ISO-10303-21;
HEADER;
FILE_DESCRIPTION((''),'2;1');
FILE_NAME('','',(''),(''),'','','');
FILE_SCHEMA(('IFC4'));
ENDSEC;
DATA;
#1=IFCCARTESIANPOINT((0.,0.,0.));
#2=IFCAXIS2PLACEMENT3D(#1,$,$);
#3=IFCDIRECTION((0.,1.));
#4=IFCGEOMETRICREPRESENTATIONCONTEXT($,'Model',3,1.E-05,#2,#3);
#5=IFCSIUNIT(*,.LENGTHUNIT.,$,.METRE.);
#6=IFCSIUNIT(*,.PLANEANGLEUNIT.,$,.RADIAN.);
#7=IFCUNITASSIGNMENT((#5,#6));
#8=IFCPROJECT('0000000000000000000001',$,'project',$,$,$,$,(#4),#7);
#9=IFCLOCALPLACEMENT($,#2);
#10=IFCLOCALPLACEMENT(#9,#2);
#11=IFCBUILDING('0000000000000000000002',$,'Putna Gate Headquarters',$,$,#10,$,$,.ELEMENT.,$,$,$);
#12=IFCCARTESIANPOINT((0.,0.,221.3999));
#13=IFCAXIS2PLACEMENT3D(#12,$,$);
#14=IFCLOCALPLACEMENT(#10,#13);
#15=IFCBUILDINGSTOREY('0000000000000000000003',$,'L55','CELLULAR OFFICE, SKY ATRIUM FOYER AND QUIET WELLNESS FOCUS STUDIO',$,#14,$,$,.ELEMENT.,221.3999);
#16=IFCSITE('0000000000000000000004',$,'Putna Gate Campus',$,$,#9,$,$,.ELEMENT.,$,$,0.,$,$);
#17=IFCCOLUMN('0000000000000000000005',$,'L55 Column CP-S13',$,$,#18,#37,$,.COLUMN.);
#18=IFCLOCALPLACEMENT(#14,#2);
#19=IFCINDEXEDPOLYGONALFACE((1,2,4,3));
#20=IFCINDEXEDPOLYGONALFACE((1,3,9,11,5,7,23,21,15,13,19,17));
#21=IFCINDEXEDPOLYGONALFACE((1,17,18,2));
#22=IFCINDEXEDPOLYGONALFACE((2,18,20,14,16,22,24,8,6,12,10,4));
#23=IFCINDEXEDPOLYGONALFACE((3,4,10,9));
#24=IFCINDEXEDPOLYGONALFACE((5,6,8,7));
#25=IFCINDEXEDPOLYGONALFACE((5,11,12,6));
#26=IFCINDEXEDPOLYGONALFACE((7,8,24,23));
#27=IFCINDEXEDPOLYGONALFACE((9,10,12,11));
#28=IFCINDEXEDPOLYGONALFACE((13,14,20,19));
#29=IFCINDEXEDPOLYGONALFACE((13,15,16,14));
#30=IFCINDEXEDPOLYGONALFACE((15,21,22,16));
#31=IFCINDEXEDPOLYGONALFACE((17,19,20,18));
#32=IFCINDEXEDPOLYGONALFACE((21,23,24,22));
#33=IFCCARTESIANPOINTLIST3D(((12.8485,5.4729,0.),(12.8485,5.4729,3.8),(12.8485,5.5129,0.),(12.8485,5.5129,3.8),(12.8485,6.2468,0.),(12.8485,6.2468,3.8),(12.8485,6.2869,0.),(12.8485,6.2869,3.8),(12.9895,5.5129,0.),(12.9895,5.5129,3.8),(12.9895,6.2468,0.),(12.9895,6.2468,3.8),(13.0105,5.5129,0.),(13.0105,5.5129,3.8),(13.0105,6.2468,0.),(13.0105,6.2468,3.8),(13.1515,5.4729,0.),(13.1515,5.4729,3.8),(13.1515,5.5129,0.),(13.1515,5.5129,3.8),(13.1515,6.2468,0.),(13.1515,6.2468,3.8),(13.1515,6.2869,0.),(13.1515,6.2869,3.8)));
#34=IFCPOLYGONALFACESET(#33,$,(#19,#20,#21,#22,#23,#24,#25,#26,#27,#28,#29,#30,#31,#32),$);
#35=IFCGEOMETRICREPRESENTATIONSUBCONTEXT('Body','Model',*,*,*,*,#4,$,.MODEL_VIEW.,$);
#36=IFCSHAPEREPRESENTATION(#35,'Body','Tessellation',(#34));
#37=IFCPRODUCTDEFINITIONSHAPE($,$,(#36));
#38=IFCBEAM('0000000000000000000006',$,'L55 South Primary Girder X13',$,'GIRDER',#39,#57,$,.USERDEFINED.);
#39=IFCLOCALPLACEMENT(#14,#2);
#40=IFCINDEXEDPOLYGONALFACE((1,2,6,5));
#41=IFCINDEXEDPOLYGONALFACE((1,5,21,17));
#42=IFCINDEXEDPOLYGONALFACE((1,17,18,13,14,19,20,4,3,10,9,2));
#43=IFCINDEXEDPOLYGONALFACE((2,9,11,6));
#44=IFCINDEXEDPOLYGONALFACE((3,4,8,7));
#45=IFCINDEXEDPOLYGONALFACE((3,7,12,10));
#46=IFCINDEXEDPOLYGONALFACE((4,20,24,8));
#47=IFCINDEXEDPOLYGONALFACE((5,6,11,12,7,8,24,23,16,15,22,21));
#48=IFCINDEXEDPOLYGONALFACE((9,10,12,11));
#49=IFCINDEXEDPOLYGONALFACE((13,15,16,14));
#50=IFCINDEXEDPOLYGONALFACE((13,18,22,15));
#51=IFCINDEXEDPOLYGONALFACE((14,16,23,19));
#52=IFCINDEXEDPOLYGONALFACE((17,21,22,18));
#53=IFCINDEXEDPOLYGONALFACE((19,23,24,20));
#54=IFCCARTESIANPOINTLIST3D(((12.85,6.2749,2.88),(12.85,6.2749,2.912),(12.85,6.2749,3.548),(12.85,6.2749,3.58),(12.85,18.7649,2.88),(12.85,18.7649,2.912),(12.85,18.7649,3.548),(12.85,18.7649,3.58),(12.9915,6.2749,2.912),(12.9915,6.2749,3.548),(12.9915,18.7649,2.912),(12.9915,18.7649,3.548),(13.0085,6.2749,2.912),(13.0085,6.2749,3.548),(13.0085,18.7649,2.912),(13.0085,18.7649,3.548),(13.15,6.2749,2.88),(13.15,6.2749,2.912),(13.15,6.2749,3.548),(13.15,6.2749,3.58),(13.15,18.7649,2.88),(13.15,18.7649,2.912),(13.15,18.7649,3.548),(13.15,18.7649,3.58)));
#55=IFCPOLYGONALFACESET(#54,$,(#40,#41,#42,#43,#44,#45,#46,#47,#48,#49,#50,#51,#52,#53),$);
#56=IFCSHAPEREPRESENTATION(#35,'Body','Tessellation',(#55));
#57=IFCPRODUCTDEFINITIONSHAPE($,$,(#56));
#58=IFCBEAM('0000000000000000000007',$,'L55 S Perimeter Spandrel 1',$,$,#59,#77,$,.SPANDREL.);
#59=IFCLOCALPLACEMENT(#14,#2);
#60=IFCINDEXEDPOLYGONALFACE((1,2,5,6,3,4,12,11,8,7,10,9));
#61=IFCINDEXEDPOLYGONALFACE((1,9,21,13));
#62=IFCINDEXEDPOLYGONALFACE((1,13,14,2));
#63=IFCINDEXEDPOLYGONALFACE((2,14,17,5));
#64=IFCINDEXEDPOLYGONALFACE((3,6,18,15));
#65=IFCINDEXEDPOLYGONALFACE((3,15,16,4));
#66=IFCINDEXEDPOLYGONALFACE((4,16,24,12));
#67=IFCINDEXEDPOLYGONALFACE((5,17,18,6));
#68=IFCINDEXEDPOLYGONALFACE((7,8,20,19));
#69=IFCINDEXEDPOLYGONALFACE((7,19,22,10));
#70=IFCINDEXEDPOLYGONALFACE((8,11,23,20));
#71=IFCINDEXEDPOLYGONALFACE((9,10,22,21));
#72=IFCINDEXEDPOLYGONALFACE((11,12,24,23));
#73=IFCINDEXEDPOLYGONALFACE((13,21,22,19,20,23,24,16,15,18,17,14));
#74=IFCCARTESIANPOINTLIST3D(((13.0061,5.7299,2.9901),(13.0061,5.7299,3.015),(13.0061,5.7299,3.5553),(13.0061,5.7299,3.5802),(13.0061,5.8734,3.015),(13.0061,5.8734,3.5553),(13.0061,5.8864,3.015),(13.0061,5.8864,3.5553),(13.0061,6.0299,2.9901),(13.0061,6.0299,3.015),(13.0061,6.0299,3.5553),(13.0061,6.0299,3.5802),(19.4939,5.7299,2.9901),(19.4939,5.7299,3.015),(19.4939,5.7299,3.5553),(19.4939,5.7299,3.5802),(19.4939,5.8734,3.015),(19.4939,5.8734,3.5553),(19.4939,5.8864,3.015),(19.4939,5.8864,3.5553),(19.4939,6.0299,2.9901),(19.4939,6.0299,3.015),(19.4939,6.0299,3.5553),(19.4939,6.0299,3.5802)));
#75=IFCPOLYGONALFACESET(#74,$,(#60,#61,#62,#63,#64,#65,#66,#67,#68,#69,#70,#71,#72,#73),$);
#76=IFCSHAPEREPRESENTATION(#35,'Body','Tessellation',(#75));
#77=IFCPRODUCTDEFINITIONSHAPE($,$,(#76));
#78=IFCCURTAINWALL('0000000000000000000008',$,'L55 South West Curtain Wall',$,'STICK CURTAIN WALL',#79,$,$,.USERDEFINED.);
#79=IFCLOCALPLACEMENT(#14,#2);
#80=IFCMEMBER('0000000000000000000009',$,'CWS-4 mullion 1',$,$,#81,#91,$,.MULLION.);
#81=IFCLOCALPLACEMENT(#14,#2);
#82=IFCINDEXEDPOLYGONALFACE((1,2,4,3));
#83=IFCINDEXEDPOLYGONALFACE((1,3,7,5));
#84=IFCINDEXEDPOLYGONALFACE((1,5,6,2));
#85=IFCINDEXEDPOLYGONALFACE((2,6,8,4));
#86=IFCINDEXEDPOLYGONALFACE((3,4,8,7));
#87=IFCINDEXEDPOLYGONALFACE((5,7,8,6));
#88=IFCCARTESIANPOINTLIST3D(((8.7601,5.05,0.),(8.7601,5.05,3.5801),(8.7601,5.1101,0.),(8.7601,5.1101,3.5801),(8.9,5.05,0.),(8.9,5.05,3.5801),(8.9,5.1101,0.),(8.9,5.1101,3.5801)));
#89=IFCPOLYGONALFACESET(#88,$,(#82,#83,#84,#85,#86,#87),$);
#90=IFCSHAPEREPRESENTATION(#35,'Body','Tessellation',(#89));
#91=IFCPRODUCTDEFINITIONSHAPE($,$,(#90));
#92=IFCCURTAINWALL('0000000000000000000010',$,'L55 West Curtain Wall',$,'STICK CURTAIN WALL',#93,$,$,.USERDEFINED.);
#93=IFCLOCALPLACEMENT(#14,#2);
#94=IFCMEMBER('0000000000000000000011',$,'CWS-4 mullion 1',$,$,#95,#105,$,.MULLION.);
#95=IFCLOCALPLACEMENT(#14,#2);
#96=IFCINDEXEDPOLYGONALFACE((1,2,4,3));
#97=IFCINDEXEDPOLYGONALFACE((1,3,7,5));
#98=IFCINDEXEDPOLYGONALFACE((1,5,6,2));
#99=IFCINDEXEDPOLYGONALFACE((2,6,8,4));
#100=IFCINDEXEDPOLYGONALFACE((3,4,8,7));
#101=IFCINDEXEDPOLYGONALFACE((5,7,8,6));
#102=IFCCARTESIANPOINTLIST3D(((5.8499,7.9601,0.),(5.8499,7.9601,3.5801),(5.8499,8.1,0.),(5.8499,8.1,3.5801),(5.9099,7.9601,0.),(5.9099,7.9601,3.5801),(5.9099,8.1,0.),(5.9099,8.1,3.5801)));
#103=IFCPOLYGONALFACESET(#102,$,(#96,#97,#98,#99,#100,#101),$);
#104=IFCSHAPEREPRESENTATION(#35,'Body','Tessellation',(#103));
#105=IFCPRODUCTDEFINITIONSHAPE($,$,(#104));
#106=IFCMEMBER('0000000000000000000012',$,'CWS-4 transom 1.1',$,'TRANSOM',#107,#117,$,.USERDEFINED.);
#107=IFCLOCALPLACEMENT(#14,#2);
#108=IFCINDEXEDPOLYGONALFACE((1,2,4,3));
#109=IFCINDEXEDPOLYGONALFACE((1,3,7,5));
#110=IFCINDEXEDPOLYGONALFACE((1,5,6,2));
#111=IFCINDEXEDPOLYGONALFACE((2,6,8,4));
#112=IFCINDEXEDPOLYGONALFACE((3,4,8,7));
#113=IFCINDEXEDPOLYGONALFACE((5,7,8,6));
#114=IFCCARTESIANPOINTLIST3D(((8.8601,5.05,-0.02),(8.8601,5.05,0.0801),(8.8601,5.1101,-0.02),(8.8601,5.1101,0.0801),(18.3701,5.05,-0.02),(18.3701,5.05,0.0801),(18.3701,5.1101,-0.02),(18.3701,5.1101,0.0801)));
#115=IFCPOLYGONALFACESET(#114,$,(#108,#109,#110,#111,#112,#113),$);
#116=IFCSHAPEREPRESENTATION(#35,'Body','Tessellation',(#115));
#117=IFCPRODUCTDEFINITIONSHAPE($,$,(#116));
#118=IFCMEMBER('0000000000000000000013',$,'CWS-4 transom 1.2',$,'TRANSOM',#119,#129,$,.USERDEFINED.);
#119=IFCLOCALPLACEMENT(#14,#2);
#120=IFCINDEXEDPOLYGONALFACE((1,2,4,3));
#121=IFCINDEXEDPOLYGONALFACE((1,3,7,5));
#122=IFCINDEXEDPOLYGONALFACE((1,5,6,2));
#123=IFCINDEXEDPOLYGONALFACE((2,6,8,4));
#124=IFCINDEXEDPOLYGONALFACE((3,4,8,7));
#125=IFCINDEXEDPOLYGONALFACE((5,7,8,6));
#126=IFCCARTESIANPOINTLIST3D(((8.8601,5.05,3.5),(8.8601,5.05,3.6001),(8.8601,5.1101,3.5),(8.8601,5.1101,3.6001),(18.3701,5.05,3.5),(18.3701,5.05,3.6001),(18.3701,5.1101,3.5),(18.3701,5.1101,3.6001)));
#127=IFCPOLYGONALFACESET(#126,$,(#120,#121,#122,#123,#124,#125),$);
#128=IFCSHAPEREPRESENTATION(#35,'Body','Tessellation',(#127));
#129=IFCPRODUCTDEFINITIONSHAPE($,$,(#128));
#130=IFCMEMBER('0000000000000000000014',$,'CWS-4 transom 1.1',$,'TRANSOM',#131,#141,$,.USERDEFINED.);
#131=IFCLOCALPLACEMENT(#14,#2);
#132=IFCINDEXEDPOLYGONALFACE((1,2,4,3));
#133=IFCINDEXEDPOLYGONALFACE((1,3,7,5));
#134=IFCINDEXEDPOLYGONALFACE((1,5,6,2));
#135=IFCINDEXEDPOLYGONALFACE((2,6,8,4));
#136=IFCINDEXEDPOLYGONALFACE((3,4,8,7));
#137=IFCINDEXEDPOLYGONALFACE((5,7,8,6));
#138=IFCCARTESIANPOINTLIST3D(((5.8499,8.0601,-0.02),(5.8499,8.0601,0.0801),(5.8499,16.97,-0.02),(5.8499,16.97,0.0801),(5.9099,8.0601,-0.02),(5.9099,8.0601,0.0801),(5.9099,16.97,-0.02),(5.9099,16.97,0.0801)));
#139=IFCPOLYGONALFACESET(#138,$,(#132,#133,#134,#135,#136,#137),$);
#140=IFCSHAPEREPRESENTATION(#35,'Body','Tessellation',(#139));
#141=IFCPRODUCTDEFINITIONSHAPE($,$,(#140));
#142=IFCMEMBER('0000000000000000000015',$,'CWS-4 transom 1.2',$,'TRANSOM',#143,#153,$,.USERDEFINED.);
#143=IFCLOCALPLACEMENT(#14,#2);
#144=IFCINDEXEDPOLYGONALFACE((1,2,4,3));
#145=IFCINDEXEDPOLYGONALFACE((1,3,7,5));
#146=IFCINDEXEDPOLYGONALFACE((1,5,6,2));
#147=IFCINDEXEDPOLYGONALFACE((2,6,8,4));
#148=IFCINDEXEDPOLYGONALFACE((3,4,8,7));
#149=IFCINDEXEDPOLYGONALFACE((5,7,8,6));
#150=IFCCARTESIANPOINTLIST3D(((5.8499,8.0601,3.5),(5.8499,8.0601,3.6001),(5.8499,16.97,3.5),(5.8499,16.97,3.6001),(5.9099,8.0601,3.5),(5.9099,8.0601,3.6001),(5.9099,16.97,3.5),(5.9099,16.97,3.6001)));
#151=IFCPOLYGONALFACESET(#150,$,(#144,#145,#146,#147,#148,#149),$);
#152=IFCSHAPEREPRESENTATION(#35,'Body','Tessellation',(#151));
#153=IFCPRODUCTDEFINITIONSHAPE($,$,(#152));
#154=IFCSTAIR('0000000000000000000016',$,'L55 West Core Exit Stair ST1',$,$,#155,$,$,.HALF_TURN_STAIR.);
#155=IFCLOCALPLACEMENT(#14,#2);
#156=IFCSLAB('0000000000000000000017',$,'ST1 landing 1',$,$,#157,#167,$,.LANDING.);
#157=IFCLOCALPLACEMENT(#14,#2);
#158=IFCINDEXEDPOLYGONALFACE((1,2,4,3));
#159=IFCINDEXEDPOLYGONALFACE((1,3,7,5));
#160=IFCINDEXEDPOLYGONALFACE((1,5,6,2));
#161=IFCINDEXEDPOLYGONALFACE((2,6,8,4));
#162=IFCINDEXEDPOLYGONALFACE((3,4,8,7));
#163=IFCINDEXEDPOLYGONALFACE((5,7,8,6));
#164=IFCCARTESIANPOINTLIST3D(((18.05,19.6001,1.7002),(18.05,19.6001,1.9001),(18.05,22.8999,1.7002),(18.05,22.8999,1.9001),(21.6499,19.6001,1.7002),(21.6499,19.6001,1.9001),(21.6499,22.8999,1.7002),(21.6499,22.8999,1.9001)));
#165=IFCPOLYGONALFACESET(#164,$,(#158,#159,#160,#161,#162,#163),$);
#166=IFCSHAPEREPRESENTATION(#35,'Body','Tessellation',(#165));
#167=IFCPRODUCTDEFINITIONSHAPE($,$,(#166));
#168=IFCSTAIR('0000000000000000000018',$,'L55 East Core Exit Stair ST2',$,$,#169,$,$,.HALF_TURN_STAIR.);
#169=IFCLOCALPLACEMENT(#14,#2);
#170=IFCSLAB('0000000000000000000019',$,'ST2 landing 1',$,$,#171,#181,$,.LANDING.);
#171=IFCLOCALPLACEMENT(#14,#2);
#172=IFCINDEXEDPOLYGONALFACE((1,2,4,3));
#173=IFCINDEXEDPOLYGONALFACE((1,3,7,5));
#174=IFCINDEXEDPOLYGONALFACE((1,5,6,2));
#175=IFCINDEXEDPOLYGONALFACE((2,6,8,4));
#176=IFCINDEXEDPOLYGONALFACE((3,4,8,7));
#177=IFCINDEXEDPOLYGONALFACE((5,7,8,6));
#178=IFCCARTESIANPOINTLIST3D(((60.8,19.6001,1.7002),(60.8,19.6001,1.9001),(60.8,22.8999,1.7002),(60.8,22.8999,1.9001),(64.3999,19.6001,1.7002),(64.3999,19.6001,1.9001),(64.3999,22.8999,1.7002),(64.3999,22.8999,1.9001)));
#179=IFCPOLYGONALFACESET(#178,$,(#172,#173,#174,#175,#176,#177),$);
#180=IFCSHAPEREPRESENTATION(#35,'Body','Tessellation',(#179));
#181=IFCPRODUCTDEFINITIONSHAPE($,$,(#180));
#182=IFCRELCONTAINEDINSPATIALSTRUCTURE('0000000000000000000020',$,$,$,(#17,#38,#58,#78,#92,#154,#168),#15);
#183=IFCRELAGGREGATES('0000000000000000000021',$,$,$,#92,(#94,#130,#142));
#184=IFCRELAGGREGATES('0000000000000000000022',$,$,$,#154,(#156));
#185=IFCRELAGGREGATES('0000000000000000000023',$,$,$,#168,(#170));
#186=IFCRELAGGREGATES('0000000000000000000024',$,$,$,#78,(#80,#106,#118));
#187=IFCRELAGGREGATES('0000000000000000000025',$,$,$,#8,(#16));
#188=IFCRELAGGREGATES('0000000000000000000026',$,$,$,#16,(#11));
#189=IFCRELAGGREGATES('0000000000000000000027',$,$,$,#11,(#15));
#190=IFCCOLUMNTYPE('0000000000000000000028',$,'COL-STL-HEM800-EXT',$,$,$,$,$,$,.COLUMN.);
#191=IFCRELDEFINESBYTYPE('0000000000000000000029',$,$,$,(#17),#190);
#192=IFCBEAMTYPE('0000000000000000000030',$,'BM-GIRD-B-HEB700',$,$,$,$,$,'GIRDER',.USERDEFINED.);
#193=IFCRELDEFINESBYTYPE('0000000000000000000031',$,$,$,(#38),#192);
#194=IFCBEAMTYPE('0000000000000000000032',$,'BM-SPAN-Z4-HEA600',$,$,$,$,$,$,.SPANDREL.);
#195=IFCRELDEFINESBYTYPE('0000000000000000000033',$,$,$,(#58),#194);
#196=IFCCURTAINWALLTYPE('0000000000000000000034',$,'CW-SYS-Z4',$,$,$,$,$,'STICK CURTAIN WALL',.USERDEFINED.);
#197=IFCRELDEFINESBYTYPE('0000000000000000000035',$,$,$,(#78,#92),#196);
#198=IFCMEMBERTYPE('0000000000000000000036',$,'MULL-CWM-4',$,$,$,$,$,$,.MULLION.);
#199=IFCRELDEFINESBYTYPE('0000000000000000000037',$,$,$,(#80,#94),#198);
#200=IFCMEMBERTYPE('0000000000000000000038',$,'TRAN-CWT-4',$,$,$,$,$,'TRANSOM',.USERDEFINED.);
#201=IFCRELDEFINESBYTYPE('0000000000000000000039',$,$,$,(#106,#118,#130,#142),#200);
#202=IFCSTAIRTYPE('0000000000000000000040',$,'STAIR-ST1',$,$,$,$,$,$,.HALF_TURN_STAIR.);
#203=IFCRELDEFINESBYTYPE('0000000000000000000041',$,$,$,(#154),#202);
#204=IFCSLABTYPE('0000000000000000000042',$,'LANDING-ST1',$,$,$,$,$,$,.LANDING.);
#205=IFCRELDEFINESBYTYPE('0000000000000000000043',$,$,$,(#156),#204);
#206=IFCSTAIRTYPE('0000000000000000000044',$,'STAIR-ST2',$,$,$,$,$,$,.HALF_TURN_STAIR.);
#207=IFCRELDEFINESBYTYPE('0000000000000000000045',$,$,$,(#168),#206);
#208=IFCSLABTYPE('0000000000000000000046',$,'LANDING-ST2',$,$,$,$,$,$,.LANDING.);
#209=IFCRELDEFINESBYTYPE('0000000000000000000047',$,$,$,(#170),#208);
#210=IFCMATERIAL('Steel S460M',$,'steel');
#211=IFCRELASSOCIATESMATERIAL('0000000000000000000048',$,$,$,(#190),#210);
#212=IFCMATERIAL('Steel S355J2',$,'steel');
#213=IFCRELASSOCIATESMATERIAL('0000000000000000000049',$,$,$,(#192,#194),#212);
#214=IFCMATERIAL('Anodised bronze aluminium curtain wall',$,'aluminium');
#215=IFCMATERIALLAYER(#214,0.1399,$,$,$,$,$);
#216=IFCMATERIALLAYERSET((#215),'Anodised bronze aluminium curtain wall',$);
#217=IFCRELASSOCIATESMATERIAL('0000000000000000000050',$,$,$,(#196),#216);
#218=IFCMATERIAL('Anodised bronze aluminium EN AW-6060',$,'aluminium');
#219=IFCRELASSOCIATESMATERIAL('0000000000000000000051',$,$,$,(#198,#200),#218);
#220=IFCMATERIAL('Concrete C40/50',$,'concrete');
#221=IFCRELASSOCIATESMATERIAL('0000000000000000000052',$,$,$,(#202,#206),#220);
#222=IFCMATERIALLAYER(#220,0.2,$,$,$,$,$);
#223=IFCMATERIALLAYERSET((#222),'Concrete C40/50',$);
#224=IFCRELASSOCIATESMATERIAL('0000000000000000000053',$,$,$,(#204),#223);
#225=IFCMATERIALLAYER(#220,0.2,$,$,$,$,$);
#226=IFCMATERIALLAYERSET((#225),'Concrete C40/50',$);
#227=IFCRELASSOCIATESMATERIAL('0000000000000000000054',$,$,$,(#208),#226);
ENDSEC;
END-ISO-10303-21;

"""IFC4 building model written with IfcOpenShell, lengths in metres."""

from ifc_helpers import new_model, si_unit, direction, frame, origin, origin_2d, place, context, subcontext, project, spatial, polyline, rectangle, i_section, outline, extrude, material, layer, layer_set, material_profile, profile_set, type_object, element, aggregate, save


model = new_model("IFC4")

# Units and contexts
model_context = context("Model", 3, precision=1e-05, world=origin(), true_north=direction((0.0, 1.0)))
body_context = subcontext(model_context, "Body", "Model", "MODEL_VIEW")
ifc_project = project(units=[si_unit("LENGTHUNIT", "METRE"), si_unit("PLANEANGLEUNIT", "RADIAN")], contexts=[model_context])

# Site, building, storey
site_placement = place(None, origin())
site = spatial("IfcSite", under=ifc_project, at=site_placement, Name="Putna Gate Campus", CompositionType="ELEMENT", RefElevation=0.0)
building_placement = place(site_placement, origin())
building = spatial("IfcBuilding", under=site, at=building_placement, Name="Putna Gate Headquarters", CompositionType="ELEMENT")
storey_placement = place(building_placement, frame((0.0, 0.0, 221.3999)))
storey = spatial("IfcBuildingStorey", under=building, at=storey_placement, Name="L55", Description="CELLULAR OFFICE, SKY ATRIUM FOYER AND QUIET WELLNESS FOCUS STUDIO", CompositionType="ELEMENT", Elevation=221.3999)

# Column
ifc_material_1 = material(Name="Steel S460M", Category="steel")
ifc_material_profile_1 = material_profile(ifc_material_1, i_section(OverallWidth=0.303, OverallDepth=0.814, WebThickness=0.021, FlangeThickness=0.04, at=origin_2d()), Name="Steel S460M")
ifc_profile_set_1 = profile_set([ifc_material_profile_1], Name="Steel S460M")
column_type = type_object("IfcColumnType", Name="COL-STL-HEM800-EXT", PredefinedType="COLUMN", material=ifc_profile_set_1)
column_placement = place(storey_placement, frame((13.0, 5.8799, 0.0), z_axis=(0.0, 0.0, 1.0), x_axis=(1.0, 0.0, 0.0)))
element("IfcColumn", 1, at=column_placement, inside=storey, type_object=column_type, Name="L55 Column CP-S13", PredefinedType="COLUMN", context=body_context, shape_type="SweptSolid", body=[
    extrude(i_section(OverallWidth=0.303, OverallDepth=0.814, WebThickness=0.021, FlangeThickness=0.04, at=origin_2d()), origin(), (0.0, 0.0, 1.0), 3.8),
])

# Beams
ifc_material_2 = material(Name="Steel S355J2", Category="steel")
ifc_material_profile_2 = material_profile(ifc_material_2, i_section(OverallWidth=0.3, OverallDepth=0.7, WebThickness=0.0171, FlangeThickness=0.032, at=origin_2d()), Name="Steel S355J2")
ifc_profile_set_2 = profile_set([ifc_material_profile_2], Name="Steel S355J2")
beam_type_1 = type_object("IfcBeamType", Name="BM-GIRD-B-HEB700", ElementType="GIRDER", PredefinedType="USERDEFINED", material=ifc_profile_set_2)
beam_1_placement = place(storey_placement, frame((13.0, 6.2749, 3.23), z_axis=(0.0, 1.0, 0.0), x_axis=(-1.0, 0.0, 0.0)))
element("IfcBeam", 2, at=beam_1_placement, inside=storey, type_object=beam_type_1, Name="L55 South Primary Girder X13", ObjectType="GIRDER", PredefinedType="USERDEFINED", context=body_context, shape_type="SweptSolid", body=[
    extrude(i_section(OverallWidth=0.3, OverallDepth=0.7, WebThickness=0.0171, FlangeThickness=0.032, at=origin_2d()), origin(), (0.0, 0.0, 1.0), 12.49),
])
ifc_material_profile_3 = material_profile(ifc_material_2, i_section(OverallWidth=0.3, OverallDepth=0.5901, WebThickness=0.0129, FlangeThickness=0.0249, at=origin_2d()), Name="Steel S355J2")
ifc_profile_set_3 = profile_set([ifc_material_profile_3], Name="Steel S355J2")
beam_type_2 = type_object("IfcBeamType", Name="BM-SPAN-Z4-HEA600", PredefinedType="SPANDREL", material=ifc_profile_set_3)
beam_2_placement = place(storey_placement, frame((13.0061, 5.8799, 3.2852), z_axis=(1.0, 0.0, 0.0), x_axis=(0.0, 1.0, 0.0)))
element("IfcBeam", 3, at=beam_2_placement, inside=storey, type_object=beam_type_2, Name="L55 S Perimeter Spandrel 1", PredefinedType="SPANDREL", context=body_context, shape_type="SweptSolid", body=[
    extrude(i_section(OverallWidth=0.3, OverallDepth=0.5901, WebThickness=0.0129, FlangeThickness=0.0249, at=origin_2d()), origin(), (0.0, 0.0, 1.0), 6.4878),
])

# Curtain walls, members
ifc_material_3 = material(Name="Anodised bronze aluminium curtain wall", Category="aluminium")
ifc_layer_1 = layer(ifc_material_3, 0.1399)
ifc_layer_set_1 = layer_set([ifc_layer_1], Name="Anodised bronze aluminium curtain wall")
curtain_wall_type = type_object("IfcCurtainWallType", Name="CW-SYS-Z4", ElementType="STICK CURTAIN WALL", PredefinedType="USERDEFINED", material=ifc_layer_set_1)
curtain_wall_1_placement = place(storey_placement, origin())
curtain_wall_1 = element("IfcCurtainWall", 4, at=curtain_wall_1_placement, inside=storey, type_object=curtain_wall_type, Name="L55 South West Curtain Wall", ObjectType="STICK CURTAIN WALL", PredefinedType="USERDEFINED")
ifc_material_4 = material(Name="Anodised bronze aluminium EN AW-6060", Category="aluminium")
ifc_material_profile_4 = material_profile(ifc_material_4, rectangle(XDim=0.0601, YDim=0.1399, at=origin_2d()), Name="Anodised bronze aluminium EN AW-6060")
ifc_profile_set_4 = profile_set([ifc_material_profile_4], Name="Anodised bronze aluminium EN AW-6060")
member_type_1 = type_object("IfcMemberType", Name="MULL-CWM-4", PredefinedType="MULLION", material=ifc_profile_set_4)
member_1_placement = place(storey_placement, frame((8.8301, 5.0801, 0.0), z_axis=(0.0, 0.0, 1.0), x_axis=(0.0, 1.0, 0.0)))
member_1 = element("IfcMember", 5, at=member_1_placement, type_object=member_type_1, Name="CWS-4 mullion 1", PredefinedType="MULLION", context=body_context, shape_type="SweptSolid", body=[
    extrude(rectangle(XDim=0.0601, YDim=0.1399, at=origin_2d()), origin(), (0.0, 0.0, 1.0), 3.5801),
])
curtain_wall_2_placement = place(storey_placement, origin())
curtain_wall_2 = element("IfcCurtainWall", 6, at=curtain_wall_2_placement, inside=storey, type_object=curtain_wall_type, Name="L55 West Curtain Wall", ObjectType="STICK CURTAIN WALL", PredefinedType="USERDEFINED")
member_2_placement = place(storey_placement, frame((5.8799, 8.03, 0.0), z_axis=(0.0, 0.0, 1.0), x_axis=(-1.0, 0.0, 0.0)))
member_2 = element("IfcMember", 7, at=member_2_placement, type_object=member_type_1, Name="CWS-4 mullion 1", PredefinedType="MULLION", context=body_context, shape_type="SweptSolid", body=[
    extrude(rectangle(XDim=0.0601, YDim=0.1399, at=origin_2d()), origin(), (0.0, 0.0, 1.0), 3.5801),
])

# Members
ifc_material_profile_5 = material_profile(ifc_material_4, rectangle(XDim=0.0601, YDim=0.1001, at=origin_2d()), Name="Anodised bronze aluminium EN AW-6060")
ifc_profile_set_5 = profile_set([ifc_material_profile_5], Name="Anodised bronze aluminium EN AW-6060")
member_type_2 = type_object("IfcMemberType", Name="TRAN-CWT-4", ElementType="TRANSOM", PredefinedType="USERDEFINED", material=ifc_profile_set_5)
member_3_placement = place(storey_placement, frame((8.8601, 5.0801, 0.03), z_axis=(1.0, 0.0, 0.0), x_axis=(0.0, 1.0, 0.0)))
member_3 = element("IfcMember", 8, at=member_3_placement, type_object=member_type_2, Name="CWS-4 transom 1.1", ObjectType="TRANSOM", PredefinedType="USERDEFINED", context=body_context, shape_type="SweptSolid", body=[
    extrude(rectangle(XDim=0.0601, YDim=0.1001, at=origin_2d()), origin(), (0.0, 0.0, 1.0), 9.51),
])
member_4_placement = place(storey_placement, frame((8.8601, 5.0801, 3.55), z_axis=(1.0, 0.0, 0.0), x_axis=(0.0, 1.0, 0.0)))
member_4 = element("IfcMember", 9, at=member_4_placement, type_object=member_type_2, Name="CWS-4 transom 1.2", ObjectType="TRANSOM", PredefinedType="USERDEFINED", context=body_context, shape_type="SweptSolid", body=[
    extrude(rectangle(XDim=0.0601, YDim=0.1001, at=origin_2d()), origin(), (0.0, 0.0, 1.0), 9.51),
])
member_5_placement = place(storey_placement, frame((5.8799, 8.0601, 0.03), z_axis=(0.0, 1.0, 0.0), x_axis=(-1.0, 0.0, 0.0)))
member_5 = element("IfcMember", 10, at=member_5_placement, type_object=member_type_2, Name="CWS-4 transom 1.1", ObjectType="TRANSOM", PredefinedType="USERDEFINED", context=body_context, shape_type="SweptSolid", body=[
    extrude(rectangle(XDim=0.0601, YDim=0.1001, at=origin_2d()), origin(), (0.0, 0.0, 1.0), 8.9099),
])
member_6_placement = place(storey_placement, frame((5.8799, 8.0601, 3.55), z_axis=(0.0, 1.0, 0.0), x_axis=(-1.0, 0.0, 0.0)))
member_6 = element("IfcMember", 11, at=member_6_placement, type_object=member_type_2, Name="CWS-4 transom 1.2", ObjectType="TRANSOM", PredefinedType="USERDEFINED", context=body_context, shape_type="SweptSolid", body=[
    extrude(rectangle(XDim=0.0601, YDim=0.1001, at=origin_2d()), origin(), (0.0, 0.0, 1.0), 8.9099),
])
aggregate(curtain_wall_2, [member_2, member_5, member_6])

# Stairs, slabs
ifc_material_5 = material(Name="Concrete C40/50", Category="concrete")
stair_type_1 = type_object("IfcStairType", Name="STAIR-ST1", PredefinedType="HALF_TURN_STAIR", material=ifc_material_5)
stair_1_placement = place(storey_placement, origin())
stair_1 = element("IfcStair", 12, at=stair_1_placement, inside=storey, type_object=stair_type_1, Name="L55 West Core Exit Stair ST1", PredefinedType="HALF_TURN_STAIR")
ifc_layer_2 = layer(ifc_material_5, 0.2)
ifc_layer_set_2 = layer_set([ifc_layer_2], Name="Concrete C40/50")
slab_type_1 = type_object("IfcSlabType", Name="LANDING-ST1", PredefinedType="LANDING", material=ifc_layer_set_2)
slab_1_placement = place(storey_placement, frame((0.0, 0.0, 1.7002)))
slab_1 = element("IfcSlab", 13, at=slab_1_placement, type_object=slab_type_1, Name="ST1 landing 1", PredefinedType="LANDING", context=body_context, shape_type="SweptSolid", body=[
    extrude(outline(polyline([(18.05, 19.6001), (21.6499, 19.6001), (21.6499, 22.8999), (18.05, 22.8999), (18.05, 19.6001)])), origin(), (0.0, 0.0, 1.0), 0.2),
])
aggregate(stair_1, [slab_1])
stair_type_2 = type_object("IfcStairType", Name="STAIR-ST2", PredefinedType="HALF_TURN_STAIR", material=ifc_material_5)
stair_2_placement = place(storey_placement, origin())
stair_2 = element("IfcStair", 14, at=stair_2_placement, inside=storey, type_object=stair_type_2, Name="L55 East Core Exit Stair ST2", PredefinedType="HALF_TURN_STAIR")
ifc_layer_3 = layer(ifc_material_5, 0.2)
ifc_layer_set_3 = layer_set([ifc_layer_3], Name="Concrete C40/50")
slab_type_2 = type_object("IfcSlabType", Name="LANDING-ST2", PredefinedType="LANDING", material=ifc_layer_set_3)
slab_2_placement = place(storey_placement, frame((0.0, 0.0, 1.7002)))
slab_2 = element("IfcSlab", 15, at=slab_2_placement, type_object=slab_type_2, Name="ST2 landing 1", PredefinedType="LANDING", context=body_context, shape_type="SweptSolid", body=[
    extrude(outline(polyline([(60.8, 19.6001), (64.3999, 19.6001), (64.3999, 22.8999), (60.8, 22.8999), (60.8, 19.6001)])), origin(), (0.0, 0.0, 1.0), 0.2),
])
aggregate(stair_2, [slab_2])

aggregate(curtain_wall_1, [member_1, member_3, member_4])

save(model, "model.ifc")
